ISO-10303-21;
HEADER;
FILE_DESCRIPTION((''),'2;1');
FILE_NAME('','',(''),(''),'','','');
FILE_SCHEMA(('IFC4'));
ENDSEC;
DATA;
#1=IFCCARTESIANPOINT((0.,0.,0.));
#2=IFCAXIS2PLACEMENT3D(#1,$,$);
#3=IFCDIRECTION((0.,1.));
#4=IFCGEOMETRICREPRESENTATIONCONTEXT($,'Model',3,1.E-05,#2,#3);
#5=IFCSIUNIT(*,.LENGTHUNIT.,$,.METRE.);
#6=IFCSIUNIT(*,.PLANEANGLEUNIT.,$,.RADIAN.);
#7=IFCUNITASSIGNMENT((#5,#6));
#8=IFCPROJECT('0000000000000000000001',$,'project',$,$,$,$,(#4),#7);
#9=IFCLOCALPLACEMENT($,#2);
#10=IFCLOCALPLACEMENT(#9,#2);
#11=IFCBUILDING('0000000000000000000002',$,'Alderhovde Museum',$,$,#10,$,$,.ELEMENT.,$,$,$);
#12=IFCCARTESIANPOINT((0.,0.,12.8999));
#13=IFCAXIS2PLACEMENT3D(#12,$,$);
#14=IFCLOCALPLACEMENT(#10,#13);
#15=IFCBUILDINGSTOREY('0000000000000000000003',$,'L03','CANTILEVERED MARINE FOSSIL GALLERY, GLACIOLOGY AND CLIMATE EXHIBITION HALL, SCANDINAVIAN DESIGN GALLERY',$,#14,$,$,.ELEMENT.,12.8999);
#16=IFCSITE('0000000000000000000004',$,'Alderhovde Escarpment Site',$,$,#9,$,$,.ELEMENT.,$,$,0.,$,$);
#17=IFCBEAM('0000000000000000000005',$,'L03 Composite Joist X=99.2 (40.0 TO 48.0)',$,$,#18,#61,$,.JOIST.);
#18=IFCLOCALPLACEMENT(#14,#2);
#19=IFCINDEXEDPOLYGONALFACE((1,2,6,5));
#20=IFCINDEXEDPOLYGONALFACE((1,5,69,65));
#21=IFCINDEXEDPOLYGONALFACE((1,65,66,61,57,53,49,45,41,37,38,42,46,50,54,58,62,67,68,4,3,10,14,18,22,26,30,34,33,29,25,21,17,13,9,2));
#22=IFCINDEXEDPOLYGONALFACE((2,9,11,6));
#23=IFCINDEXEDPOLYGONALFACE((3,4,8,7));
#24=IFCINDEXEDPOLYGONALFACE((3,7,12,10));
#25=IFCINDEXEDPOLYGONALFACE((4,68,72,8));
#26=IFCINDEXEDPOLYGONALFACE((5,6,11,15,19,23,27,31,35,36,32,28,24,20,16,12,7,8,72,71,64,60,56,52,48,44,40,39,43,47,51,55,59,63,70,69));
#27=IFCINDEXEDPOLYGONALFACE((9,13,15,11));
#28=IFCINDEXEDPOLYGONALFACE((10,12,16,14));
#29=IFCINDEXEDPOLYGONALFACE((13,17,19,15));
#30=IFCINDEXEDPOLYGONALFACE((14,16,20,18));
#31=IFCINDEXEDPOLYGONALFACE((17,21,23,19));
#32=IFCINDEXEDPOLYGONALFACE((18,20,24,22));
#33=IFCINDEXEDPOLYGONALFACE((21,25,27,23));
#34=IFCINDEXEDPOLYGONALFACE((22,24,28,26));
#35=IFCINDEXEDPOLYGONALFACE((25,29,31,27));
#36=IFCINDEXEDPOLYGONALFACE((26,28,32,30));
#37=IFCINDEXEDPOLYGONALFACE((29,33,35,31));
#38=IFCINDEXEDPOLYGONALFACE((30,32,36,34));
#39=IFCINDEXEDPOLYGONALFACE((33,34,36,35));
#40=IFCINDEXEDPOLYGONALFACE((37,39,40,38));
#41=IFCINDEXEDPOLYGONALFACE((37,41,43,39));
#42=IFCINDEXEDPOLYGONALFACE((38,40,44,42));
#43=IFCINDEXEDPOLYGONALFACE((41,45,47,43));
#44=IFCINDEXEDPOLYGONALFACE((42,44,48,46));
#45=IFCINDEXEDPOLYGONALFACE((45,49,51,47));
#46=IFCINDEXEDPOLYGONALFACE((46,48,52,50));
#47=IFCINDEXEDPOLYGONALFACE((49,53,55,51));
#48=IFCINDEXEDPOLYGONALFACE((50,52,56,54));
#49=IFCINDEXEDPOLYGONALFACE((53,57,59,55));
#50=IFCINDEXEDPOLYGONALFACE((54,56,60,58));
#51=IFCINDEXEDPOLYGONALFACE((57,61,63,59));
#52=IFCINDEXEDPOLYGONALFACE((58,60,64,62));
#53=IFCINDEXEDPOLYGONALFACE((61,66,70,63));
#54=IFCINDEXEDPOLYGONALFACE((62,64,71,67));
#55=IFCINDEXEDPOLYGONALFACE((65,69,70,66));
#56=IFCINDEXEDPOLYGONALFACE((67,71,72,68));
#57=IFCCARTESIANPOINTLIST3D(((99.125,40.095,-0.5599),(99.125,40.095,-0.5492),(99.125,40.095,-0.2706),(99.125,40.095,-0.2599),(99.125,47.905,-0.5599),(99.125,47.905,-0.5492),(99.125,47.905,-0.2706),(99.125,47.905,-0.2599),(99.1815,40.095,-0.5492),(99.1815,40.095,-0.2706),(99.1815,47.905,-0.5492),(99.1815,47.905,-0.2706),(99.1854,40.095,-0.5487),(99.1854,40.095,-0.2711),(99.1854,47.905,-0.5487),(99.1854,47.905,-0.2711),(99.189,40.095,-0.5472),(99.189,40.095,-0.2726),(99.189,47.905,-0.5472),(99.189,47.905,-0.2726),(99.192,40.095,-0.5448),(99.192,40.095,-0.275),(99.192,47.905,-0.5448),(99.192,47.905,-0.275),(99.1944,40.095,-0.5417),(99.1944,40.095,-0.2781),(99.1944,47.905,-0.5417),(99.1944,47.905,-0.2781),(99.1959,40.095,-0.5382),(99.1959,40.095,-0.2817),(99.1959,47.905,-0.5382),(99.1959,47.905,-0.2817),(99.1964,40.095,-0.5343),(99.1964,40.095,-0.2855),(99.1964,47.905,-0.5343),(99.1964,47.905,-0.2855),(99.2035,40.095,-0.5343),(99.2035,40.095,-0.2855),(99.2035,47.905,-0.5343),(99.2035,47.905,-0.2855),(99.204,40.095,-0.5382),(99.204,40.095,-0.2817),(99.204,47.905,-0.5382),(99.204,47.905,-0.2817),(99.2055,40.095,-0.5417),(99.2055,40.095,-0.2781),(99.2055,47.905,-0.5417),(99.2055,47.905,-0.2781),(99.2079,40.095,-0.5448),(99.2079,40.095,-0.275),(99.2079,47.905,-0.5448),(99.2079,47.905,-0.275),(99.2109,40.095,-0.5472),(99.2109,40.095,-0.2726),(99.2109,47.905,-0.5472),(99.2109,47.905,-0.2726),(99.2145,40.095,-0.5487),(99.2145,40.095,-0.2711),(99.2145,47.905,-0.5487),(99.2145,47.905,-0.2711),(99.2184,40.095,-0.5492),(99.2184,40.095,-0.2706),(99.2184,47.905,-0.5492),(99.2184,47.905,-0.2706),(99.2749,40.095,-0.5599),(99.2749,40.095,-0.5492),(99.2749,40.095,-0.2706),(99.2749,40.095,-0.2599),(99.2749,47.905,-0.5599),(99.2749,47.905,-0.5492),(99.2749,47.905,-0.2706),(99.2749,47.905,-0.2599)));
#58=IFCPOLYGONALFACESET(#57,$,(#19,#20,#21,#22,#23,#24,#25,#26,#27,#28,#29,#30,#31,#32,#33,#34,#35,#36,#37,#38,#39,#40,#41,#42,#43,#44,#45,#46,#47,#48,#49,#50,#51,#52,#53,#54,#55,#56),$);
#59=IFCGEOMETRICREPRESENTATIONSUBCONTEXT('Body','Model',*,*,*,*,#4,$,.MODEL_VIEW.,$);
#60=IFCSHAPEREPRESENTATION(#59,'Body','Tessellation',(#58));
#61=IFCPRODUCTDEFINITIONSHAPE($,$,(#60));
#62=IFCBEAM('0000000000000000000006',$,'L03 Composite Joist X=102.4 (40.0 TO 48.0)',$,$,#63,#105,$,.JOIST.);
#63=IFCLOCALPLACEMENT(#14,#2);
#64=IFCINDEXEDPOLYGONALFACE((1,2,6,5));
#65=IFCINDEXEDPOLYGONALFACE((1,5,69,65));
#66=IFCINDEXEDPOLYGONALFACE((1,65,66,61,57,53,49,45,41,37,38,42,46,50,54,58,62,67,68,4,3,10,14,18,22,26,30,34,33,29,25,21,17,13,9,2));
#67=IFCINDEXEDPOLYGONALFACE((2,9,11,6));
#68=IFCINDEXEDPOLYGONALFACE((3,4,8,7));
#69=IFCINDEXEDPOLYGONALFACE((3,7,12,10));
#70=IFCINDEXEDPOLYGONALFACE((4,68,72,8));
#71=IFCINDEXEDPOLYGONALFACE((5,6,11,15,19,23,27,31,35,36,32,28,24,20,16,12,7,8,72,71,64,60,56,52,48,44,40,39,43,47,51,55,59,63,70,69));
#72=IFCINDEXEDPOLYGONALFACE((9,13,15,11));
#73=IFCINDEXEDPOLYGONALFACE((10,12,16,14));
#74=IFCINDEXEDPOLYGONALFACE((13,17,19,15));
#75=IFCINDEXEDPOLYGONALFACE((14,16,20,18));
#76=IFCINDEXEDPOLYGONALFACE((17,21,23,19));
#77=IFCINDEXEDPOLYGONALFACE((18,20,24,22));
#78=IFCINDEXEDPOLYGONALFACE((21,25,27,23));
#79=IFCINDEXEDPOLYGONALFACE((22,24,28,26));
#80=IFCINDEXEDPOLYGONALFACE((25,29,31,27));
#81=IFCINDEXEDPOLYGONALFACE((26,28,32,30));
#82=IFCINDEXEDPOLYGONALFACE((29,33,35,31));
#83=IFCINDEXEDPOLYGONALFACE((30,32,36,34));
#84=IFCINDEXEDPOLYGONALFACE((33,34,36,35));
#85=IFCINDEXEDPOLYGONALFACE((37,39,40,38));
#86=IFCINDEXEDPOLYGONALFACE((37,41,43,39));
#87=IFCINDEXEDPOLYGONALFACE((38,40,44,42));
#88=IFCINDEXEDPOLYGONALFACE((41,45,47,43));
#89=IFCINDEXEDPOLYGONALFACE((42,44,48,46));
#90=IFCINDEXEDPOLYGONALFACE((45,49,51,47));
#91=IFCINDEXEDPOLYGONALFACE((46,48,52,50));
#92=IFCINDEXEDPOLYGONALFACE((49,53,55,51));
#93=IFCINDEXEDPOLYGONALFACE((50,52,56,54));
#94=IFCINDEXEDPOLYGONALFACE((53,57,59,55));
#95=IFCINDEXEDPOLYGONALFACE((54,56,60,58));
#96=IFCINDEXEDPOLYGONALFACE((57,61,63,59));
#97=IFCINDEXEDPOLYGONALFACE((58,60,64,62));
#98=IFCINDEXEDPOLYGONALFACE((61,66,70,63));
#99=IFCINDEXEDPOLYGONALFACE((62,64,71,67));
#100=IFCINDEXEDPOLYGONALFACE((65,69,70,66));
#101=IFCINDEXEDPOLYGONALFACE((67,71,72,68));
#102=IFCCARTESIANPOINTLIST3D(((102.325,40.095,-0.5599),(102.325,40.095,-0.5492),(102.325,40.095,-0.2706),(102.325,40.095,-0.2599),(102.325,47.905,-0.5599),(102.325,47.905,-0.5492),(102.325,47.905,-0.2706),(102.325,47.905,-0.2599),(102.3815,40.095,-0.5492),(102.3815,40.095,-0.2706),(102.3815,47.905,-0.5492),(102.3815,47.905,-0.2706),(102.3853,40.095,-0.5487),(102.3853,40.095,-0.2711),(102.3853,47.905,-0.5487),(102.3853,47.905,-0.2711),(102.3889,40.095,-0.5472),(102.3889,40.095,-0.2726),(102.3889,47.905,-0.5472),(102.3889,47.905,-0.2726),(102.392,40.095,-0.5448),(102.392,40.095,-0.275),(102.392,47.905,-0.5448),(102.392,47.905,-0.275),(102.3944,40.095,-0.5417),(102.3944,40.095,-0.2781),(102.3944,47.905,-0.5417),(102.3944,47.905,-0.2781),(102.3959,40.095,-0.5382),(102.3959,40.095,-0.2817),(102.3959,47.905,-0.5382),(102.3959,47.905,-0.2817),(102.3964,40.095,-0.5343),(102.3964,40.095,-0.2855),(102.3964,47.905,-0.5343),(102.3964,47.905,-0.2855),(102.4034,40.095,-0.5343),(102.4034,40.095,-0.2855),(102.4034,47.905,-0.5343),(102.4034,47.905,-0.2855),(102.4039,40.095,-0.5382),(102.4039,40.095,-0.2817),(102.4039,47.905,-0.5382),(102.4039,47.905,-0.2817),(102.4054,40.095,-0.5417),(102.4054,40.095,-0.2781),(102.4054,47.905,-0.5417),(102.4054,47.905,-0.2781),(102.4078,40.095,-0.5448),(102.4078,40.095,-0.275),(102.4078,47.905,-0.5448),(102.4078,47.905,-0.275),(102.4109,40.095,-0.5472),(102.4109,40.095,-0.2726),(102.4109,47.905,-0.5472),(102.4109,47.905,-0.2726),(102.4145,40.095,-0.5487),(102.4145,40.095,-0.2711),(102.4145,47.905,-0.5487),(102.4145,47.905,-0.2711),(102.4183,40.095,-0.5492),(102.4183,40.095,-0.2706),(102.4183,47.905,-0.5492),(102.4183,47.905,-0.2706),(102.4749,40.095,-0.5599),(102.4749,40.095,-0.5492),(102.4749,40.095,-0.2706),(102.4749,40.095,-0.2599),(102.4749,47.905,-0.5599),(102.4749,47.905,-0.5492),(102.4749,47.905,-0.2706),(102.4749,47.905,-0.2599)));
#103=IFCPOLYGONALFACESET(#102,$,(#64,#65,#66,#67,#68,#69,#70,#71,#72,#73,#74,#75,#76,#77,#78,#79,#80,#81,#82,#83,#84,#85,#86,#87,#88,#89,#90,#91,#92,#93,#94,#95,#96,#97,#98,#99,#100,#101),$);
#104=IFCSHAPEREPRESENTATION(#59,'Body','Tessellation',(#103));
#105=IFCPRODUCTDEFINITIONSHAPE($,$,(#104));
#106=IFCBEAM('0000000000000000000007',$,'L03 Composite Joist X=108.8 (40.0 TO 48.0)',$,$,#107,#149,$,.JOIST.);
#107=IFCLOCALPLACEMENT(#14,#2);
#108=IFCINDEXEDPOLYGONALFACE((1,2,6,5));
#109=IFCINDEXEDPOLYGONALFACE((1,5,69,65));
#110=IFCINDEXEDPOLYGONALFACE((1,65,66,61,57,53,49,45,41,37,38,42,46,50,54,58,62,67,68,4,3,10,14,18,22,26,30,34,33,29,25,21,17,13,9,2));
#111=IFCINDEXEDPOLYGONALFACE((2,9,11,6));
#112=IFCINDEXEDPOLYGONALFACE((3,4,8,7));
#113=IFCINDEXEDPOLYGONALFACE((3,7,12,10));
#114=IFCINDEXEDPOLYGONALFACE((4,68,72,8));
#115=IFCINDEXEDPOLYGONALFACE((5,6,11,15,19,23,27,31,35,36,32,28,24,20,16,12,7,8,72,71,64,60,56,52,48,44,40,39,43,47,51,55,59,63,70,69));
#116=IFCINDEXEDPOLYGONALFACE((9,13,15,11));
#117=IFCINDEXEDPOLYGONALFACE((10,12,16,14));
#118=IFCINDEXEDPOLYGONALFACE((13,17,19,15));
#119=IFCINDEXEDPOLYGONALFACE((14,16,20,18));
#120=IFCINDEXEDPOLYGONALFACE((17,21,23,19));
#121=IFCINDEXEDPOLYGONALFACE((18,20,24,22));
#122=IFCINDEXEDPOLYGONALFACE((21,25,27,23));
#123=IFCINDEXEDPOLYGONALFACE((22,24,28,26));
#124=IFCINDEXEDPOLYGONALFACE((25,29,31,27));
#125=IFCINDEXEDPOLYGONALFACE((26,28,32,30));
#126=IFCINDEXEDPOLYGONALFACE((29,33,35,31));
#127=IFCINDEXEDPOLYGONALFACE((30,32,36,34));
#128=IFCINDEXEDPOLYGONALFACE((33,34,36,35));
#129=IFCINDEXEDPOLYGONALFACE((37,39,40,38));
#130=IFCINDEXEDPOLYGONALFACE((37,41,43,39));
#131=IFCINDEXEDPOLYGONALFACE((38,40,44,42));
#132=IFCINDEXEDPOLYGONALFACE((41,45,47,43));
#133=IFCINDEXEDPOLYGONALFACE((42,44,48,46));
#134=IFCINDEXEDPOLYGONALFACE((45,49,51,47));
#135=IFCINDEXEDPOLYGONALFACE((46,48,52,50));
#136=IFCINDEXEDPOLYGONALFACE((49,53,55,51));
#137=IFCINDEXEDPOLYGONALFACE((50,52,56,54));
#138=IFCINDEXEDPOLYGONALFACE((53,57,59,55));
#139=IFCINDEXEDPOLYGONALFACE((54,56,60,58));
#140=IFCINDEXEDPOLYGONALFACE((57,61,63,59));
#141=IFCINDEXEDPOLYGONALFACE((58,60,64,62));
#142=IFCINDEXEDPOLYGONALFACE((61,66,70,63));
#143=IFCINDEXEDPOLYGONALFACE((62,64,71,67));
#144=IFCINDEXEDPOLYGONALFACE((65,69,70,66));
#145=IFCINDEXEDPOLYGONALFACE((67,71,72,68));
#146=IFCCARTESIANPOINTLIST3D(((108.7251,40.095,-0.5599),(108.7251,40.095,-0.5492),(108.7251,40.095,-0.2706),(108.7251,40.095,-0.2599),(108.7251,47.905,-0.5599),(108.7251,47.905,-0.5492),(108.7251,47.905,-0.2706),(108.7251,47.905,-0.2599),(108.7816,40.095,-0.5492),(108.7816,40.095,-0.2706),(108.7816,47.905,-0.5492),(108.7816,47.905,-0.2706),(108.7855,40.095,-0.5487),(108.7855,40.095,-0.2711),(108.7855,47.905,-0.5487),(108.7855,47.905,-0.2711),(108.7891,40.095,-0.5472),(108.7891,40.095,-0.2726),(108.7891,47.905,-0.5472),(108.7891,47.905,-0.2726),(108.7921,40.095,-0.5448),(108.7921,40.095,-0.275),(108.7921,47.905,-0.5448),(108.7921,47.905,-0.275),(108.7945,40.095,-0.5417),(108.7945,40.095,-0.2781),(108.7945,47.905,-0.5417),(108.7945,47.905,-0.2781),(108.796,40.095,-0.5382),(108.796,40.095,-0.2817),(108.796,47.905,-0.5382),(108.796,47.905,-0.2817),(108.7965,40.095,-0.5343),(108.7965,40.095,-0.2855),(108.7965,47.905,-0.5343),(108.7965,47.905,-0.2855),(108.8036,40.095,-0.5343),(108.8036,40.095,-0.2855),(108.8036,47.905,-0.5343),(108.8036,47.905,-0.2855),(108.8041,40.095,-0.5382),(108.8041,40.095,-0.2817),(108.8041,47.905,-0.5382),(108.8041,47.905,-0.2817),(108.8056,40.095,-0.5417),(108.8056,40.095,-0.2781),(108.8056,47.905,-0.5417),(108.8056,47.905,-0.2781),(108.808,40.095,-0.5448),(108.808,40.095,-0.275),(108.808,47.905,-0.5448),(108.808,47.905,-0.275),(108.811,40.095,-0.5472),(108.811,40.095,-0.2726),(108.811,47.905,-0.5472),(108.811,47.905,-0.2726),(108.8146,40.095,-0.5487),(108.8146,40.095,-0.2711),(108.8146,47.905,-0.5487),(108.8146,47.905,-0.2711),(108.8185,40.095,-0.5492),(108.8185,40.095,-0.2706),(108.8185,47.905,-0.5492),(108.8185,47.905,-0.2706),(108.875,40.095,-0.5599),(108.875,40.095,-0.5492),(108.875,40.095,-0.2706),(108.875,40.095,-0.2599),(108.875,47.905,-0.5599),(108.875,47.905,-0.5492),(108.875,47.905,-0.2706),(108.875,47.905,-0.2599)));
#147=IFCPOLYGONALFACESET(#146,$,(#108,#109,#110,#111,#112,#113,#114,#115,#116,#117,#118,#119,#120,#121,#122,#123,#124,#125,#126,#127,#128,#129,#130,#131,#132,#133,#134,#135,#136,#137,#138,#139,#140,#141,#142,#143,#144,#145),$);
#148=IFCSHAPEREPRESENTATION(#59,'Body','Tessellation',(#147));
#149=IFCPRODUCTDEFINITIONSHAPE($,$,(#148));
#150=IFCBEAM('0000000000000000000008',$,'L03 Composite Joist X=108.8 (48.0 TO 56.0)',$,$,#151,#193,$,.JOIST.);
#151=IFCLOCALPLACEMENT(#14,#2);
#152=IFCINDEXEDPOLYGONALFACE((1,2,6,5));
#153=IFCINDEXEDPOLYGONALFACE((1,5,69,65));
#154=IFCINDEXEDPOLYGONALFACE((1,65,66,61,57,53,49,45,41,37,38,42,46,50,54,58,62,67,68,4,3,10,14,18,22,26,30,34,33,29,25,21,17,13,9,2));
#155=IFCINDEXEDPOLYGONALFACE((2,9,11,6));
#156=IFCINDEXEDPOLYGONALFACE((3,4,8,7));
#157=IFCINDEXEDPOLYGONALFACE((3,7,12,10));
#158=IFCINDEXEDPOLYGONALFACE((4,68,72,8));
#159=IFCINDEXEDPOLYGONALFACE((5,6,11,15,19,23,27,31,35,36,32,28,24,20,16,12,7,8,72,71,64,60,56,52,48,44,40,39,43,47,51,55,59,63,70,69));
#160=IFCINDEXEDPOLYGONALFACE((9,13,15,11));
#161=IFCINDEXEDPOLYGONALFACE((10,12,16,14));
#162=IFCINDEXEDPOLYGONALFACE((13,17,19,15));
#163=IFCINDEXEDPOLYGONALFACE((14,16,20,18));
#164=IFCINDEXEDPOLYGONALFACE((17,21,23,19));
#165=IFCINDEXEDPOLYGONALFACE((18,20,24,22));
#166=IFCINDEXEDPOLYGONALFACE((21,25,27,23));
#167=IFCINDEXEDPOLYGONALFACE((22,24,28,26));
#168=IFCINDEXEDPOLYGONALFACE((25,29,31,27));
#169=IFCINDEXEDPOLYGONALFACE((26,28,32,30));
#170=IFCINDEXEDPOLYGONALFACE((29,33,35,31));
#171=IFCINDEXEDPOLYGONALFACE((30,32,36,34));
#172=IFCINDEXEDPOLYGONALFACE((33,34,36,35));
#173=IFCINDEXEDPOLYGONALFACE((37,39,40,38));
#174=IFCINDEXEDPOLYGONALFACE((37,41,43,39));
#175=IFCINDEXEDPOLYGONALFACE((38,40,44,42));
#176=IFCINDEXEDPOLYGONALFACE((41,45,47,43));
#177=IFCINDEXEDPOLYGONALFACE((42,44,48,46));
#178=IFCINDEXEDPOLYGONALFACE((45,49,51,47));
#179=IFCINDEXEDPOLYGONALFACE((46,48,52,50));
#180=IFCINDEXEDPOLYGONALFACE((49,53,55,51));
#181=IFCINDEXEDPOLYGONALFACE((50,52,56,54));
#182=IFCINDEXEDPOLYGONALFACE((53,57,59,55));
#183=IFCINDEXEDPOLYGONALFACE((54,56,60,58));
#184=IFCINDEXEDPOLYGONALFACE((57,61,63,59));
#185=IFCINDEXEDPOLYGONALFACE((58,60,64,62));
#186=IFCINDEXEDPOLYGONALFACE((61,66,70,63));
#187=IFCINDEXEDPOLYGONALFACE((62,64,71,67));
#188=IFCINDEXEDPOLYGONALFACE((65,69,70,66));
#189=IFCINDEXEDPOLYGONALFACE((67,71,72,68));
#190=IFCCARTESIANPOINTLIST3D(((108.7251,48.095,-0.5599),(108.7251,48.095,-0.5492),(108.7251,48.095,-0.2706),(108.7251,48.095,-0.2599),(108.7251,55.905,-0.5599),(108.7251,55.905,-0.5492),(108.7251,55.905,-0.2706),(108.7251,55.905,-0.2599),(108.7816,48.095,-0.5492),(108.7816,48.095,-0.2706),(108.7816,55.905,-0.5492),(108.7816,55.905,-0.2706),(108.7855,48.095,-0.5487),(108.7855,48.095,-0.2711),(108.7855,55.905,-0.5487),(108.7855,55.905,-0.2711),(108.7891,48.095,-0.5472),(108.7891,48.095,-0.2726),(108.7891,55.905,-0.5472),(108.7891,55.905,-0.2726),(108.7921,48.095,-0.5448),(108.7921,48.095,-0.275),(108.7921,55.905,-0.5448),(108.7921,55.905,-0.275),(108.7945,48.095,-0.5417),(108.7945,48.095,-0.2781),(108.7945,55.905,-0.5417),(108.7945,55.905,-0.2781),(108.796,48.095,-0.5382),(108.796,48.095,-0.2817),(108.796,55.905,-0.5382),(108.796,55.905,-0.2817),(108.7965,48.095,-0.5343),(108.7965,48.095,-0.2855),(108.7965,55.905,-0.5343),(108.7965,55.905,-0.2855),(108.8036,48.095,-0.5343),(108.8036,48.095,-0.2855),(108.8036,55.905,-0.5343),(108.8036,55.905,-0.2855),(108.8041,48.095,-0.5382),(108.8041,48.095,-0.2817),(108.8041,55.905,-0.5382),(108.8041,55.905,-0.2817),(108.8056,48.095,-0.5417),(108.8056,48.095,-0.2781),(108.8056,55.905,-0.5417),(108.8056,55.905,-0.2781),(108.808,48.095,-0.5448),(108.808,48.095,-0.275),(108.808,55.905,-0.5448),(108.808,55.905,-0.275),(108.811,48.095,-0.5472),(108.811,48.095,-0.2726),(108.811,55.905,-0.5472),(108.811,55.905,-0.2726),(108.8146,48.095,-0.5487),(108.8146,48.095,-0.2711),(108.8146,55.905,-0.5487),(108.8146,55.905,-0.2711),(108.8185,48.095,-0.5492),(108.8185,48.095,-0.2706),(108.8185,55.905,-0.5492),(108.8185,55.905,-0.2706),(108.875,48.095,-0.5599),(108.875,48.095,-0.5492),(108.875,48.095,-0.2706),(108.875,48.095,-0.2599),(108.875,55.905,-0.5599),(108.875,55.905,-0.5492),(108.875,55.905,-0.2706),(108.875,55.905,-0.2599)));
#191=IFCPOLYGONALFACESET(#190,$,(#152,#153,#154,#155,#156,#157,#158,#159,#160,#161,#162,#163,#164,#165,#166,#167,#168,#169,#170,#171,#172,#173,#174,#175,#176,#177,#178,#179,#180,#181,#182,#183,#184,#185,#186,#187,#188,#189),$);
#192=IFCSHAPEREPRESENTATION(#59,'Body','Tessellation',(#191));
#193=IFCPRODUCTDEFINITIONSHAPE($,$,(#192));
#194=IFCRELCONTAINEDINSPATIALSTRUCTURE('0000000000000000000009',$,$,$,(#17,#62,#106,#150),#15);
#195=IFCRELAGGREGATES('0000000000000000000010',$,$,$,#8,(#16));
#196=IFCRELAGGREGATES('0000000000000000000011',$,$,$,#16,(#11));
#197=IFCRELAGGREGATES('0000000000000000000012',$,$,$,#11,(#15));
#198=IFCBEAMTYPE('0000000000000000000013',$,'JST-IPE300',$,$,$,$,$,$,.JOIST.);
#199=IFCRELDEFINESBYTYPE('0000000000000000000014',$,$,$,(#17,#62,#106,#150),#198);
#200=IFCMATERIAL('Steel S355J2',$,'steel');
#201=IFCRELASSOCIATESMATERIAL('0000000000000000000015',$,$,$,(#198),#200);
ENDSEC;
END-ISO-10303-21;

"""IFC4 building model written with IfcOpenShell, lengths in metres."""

from ifc_helpers import new_model, si_unit, direction, frame, origin, origin_2d, place, context, subcontext, project, spatial, i_section, extrude, material, material_profile, profile_set, type_object, element, save


model = new_model("IFC4")

# Units and contexts
model_context = context("Model", 3, precision=1e-05, world=origin(), true_north=direction((0.0, 1.0)))
body_context = subcontext(model_context, "Body", "Model", "MODEL_VIEW")
ifc_project = project(units=[si_unit("LENGTHUNIT", "METRE"), si_unit("PLANEANGLEUNIT", "RADIAN")], contexts=[model_context])

# Site, building, storey
site_placement = place(None, origin())
site = spatial("IfcSite", under=ifc_project, at=site_placement, Name="Alderhovde Escarpment Site", CompositionType="ELEMENT", RefElevation=0.0)
building_placement = place(site_placement, origin())
building = spatial("IfcBuilding", under=site, at=building_placement, Name="Alderhovde Museum", CompositionType="ELEMENT")
storey_placement = place(building_placement, frame((0.0, 0.0, 12.8999)))
storey = spatial("IfcBuildingStorey", under=building, at=storey_placement, Name="L03", Description="CANTILEVERED MARINE FOSSIL GALLERY, GLACIOLOGY AND CLIMATE EXHIBITION HALL, SCANDINAVIAN DESIGN GALLERY", CompositionType="ELEMENT", Elevation=12.8999)

# Beams
ifc_material_1 = material(Name="Steel S355J2", Category="steel")
ifc_material_profile_1 = material_profile(ifc_material_1, i_section(OverallWidth=0.1499, OverallDepth=0.3, WebThickness=0.0071, FlangeThickness=0.0107, FilletRadius=0.0149, at=origin_2d()), Name="IPE 300")
ifc_profile_set_1 = profile_set([ifc_material_profile_1], Name="Steel S355J2")
beam_type_1 = type_object("IfcBeamType", Name="JST-IPE300", PredefinedType="JOIST", material=ifc_profile_set_1)
for number, where, z_axis, x_axis, name in (
    (1, (99.2, 40.095, -0.4099), (0.0, 1.0, 0.0), (-1.0, 0.0, 0.0), "L03 Composite Joist X=99.2 (40.0 TO 48.0)"),
    (2, (102.3999, 40.095, -0.4099), (0.0, 1.0, 0.0), (-1.0, 0.0, 0.0), "L03 Composite Joist X=102.4 (40.0 TO 48.0)"),
    (3, (108.8, 40.095, -0.4099), (0.0, 1.0, 0.0), (-1.0, 0.0, 0.0), "L03 Composite Joist X=108.8 (40.0 TO 48.0)"),
    (4, (108.8, 48.095, -0.4099), (0.0, 1.0, 0.0), (-1.0, 0.0, 0.0), "L03 Composite Joist X=108.8 (48.0 TO 56.0)"),
):
    element("IfcBeam", number, at=place(storey_placement, frame(where, z_axis=z_axis, x_axis=x_axis)), inside=storey, type_object=beam_type_1, Name=name, PredefinedType="JOIST", context=body_context, shape_type="SweptSolid", body=[
        extrude(i_section(OverallWidth=0.1499, OverallDepth=0.3, WebThickness=0.0071, FlangeThickness=0.0107, FilletRadius=0.0149, at=origin_2d()), origin(), (0.0, 0.0, 1.0), 7.8101),
    ])

save(model, "model.ifc")
